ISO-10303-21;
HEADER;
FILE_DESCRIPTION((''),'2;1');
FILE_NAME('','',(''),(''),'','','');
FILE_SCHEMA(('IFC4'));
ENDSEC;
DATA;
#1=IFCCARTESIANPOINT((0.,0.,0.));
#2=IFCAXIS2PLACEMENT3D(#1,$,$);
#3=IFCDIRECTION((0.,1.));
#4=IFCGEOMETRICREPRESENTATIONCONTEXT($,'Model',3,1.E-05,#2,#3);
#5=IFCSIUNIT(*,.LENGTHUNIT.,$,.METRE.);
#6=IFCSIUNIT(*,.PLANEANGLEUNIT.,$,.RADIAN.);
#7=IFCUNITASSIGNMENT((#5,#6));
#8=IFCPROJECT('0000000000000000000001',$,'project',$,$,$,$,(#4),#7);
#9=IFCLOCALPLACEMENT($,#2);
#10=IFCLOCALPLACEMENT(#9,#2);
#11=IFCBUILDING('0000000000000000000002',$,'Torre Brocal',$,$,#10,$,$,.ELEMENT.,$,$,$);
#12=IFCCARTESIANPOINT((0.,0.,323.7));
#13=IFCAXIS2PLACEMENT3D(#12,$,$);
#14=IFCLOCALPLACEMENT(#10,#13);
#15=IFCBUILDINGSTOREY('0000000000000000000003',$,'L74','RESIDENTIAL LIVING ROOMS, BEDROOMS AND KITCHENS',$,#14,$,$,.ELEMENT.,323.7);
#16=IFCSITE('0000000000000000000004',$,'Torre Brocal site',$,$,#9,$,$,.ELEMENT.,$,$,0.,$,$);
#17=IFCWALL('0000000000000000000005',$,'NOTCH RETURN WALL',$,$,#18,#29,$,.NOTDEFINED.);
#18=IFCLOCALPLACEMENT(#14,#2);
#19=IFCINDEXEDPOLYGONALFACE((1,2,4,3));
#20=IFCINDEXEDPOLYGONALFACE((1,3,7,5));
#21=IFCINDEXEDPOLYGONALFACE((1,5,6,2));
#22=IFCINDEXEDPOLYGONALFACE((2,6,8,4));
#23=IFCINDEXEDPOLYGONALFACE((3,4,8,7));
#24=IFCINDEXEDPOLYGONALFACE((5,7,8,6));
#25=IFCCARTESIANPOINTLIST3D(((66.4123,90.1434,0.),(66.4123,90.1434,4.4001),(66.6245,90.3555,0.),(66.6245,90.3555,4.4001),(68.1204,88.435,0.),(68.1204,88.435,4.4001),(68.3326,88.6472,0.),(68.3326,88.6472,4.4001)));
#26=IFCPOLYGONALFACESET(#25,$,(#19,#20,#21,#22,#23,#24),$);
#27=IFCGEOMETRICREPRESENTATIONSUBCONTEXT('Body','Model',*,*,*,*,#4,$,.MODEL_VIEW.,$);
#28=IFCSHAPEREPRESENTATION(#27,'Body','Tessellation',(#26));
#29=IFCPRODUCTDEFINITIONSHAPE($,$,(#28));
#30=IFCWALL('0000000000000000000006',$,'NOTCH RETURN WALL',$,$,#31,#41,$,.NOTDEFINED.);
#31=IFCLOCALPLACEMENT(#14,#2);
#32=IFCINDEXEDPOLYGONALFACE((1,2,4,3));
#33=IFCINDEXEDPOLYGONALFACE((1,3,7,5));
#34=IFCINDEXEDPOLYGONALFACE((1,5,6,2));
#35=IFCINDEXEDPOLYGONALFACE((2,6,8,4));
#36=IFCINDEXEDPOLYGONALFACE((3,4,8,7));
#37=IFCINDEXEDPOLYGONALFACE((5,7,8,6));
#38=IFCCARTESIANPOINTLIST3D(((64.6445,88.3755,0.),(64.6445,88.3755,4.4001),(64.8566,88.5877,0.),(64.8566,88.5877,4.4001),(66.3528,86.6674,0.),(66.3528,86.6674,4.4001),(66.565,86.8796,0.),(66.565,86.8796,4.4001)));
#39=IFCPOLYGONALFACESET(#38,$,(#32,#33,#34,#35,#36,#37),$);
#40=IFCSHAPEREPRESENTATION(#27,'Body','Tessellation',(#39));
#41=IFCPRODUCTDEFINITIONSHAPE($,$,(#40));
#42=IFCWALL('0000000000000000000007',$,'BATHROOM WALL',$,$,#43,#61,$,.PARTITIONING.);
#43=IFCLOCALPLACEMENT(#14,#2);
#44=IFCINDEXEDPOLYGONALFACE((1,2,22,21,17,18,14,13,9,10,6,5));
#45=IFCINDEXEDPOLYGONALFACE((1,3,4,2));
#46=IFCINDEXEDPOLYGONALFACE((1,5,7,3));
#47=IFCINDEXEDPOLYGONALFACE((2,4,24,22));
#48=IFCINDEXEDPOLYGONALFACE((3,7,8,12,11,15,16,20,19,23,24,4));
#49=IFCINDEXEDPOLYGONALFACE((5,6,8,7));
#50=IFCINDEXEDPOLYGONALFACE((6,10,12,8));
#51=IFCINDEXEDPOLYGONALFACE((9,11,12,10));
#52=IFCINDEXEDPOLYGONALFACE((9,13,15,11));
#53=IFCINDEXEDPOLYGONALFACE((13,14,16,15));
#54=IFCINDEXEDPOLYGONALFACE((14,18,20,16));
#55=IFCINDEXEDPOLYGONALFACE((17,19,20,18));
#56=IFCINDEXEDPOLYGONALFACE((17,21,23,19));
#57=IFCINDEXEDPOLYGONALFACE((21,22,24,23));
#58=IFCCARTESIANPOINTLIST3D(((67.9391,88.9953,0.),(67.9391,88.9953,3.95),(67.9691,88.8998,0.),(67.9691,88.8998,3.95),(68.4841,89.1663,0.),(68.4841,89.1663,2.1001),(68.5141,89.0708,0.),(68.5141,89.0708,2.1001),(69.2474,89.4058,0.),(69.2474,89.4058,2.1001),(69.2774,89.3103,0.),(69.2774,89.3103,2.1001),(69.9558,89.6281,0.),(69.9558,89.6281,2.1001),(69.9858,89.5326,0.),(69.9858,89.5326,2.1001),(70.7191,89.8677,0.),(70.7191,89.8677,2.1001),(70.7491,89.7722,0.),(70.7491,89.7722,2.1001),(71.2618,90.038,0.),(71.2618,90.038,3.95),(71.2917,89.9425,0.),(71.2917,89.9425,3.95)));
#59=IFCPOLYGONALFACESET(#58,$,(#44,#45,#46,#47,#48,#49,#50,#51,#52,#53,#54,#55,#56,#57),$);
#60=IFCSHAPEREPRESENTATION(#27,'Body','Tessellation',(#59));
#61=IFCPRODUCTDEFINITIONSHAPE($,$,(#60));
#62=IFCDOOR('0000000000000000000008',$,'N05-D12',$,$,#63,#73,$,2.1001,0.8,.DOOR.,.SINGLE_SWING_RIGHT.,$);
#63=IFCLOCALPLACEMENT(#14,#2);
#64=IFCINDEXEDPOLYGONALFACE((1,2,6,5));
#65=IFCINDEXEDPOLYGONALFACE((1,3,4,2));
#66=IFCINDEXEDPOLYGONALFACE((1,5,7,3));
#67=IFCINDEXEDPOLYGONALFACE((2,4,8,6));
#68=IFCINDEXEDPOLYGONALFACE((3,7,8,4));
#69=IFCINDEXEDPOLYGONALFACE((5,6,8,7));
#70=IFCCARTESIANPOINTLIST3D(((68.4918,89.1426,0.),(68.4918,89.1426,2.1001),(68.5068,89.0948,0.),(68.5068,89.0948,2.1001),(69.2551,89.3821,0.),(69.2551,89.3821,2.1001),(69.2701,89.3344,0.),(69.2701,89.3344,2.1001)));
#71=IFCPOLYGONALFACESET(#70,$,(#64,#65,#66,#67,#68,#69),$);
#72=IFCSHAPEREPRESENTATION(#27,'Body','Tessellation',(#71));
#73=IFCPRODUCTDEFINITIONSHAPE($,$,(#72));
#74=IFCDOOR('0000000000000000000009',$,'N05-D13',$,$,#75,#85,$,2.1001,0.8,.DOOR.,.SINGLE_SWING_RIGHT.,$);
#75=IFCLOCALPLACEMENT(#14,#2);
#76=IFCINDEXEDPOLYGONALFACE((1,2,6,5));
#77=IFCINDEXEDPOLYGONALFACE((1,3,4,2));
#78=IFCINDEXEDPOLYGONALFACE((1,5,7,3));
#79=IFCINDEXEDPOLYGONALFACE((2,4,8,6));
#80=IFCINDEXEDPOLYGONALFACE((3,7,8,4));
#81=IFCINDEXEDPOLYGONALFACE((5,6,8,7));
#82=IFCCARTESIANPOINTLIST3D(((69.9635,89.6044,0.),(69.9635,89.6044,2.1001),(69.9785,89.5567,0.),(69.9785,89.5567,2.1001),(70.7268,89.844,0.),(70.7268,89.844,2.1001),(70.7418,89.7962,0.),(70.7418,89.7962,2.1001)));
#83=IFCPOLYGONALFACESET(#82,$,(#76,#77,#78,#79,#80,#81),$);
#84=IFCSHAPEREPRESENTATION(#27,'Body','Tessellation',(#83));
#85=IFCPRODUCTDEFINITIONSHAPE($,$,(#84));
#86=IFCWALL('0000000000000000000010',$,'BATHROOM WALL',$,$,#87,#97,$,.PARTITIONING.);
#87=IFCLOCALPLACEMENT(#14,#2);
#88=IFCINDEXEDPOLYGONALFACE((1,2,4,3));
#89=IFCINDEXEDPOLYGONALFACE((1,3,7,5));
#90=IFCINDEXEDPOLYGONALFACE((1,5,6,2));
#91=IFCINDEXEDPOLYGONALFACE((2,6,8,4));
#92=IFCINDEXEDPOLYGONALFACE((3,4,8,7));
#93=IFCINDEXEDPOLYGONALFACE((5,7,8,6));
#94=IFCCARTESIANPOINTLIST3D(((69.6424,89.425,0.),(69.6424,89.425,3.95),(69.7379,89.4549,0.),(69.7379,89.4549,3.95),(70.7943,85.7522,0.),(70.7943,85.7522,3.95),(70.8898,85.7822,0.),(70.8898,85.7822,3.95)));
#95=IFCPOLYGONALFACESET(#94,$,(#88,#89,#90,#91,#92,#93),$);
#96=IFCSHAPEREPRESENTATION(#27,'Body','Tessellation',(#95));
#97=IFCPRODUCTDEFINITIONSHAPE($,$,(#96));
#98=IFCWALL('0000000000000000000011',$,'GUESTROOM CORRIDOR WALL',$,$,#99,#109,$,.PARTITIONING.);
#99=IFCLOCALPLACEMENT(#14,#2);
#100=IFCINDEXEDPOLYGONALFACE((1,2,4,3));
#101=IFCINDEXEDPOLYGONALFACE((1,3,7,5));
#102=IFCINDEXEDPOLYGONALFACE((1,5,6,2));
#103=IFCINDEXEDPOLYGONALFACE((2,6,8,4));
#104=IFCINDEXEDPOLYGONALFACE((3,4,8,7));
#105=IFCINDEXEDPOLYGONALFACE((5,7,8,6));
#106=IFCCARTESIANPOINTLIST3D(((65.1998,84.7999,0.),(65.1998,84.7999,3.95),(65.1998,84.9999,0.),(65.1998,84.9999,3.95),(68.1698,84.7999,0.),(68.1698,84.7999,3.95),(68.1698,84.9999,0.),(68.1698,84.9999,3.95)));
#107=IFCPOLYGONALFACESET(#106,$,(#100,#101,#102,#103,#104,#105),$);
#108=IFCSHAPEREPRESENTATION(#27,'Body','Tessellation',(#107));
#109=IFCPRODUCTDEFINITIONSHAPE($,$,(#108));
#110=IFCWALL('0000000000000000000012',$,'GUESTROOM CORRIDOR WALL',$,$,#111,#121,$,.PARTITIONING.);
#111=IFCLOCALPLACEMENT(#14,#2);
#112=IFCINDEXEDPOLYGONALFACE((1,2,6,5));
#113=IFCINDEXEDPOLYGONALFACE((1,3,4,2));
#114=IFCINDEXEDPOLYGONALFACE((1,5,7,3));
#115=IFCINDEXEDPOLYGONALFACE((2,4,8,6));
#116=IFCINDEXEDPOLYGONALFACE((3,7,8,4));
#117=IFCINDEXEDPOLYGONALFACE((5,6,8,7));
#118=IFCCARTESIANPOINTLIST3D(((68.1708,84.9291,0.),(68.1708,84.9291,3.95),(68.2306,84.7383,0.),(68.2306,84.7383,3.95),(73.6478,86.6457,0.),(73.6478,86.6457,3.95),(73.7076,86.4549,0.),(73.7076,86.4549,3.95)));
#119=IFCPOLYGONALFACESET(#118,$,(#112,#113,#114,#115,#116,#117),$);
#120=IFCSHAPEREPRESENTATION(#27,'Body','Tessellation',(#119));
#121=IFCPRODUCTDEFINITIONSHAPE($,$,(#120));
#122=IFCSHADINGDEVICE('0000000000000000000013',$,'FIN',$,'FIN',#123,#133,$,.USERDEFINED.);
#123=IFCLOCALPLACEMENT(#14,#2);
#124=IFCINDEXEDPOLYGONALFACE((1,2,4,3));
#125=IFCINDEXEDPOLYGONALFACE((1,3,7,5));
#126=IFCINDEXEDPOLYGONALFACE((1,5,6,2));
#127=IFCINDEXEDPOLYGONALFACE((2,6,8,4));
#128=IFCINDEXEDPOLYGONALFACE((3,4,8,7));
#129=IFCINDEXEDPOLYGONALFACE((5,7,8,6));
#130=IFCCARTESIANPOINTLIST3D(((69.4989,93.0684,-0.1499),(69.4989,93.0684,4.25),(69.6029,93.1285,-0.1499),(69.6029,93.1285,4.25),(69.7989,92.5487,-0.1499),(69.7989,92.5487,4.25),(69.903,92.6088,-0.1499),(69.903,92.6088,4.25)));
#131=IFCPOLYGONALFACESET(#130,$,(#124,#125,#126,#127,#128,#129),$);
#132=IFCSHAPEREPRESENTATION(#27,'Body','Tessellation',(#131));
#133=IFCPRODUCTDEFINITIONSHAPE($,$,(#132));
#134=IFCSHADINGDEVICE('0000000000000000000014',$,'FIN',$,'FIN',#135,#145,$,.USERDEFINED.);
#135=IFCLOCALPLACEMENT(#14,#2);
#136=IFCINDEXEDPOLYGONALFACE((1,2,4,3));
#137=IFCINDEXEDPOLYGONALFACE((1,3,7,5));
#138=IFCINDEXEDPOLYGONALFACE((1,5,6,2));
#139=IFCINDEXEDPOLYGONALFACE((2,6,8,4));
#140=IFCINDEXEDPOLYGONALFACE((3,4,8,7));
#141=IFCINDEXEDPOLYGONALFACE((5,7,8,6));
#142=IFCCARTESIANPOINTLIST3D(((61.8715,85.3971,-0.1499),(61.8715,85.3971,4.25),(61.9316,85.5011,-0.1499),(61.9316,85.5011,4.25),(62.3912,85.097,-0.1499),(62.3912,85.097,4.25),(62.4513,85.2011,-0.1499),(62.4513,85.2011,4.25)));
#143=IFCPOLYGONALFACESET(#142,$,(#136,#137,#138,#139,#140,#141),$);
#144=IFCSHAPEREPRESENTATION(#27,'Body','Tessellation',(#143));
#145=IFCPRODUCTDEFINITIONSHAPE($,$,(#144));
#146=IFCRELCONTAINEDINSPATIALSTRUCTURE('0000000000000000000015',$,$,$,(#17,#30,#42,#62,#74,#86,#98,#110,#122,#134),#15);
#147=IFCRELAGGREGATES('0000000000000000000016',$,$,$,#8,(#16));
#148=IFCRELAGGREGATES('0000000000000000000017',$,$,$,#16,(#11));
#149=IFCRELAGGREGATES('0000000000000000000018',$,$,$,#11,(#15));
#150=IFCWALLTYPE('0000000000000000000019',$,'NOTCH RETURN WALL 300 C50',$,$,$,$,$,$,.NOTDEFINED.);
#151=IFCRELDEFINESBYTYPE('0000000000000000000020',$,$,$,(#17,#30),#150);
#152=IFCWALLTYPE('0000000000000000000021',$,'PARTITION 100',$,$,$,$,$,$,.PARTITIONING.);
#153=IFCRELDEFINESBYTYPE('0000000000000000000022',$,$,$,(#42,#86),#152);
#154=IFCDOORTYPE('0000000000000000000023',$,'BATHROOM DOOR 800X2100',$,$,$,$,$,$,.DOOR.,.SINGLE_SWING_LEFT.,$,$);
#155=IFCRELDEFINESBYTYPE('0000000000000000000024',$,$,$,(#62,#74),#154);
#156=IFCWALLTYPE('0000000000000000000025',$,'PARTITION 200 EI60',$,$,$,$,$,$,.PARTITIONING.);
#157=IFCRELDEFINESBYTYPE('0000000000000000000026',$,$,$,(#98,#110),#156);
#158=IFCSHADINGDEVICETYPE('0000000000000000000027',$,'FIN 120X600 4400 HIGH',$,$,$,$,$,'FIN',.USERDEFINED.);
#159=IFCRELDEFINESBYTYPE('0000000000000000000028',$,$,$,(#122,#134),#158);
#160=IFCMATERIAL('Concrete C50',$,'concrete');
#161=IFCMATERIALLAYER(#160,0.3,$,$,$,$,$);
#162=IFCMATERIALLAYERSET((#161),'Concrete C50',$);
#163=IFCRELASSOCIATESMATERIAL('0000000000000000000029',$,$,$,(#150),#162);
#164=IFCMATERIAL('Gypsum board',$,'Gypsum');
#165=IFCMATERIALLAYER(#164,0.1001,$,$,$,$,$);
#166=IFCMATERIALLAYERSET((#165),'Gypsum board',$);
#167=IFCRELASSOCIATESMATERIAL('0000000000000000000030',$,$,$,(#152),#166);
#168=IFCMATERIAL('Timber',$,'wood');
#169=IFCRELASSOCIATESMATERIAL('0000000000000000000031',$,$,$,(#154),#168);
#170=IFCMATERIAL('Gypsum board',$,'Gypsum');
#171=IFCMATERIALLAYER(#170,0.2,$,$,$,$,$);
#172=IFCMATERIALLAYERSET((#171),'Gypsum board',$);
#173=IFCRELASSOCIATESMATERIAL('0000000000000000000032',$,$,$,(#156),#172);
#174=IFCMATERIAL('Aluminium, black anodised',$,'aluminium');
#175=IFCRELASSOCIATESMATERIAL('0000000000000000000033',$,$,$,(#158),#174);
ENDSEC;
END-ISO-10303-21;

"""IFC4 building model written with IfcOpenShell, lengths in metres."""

from ifc_helpers import new_model, si_unit, direction, frame, frame_2d, origin, origin_2d, place, context, subcontext, project, spatial, rectangle, extrude, material, layer, layer_set, material_profile, profile_set, type_object, element, fill, save


model = new_model("IFC4")

# Units and contexts
model_context = context("Model", 3, precision=1e-05, world=origin(), true_north=direction((0.0, 1.0)))
body_context = subcontext(model_context, "Body", "Model", "MODEL_VIEW")
ifc_project = project(units=[si_unit("LENGTHUNIT", "METRE"), si_unit("PLANEANGLEUNIT", "RADIAN")], contexts=[model_context])

# Site, building, storey
site_placement = place(None, origin())
site = spatial("IfcSite", under=ifc_project, at=site_placement, Name="Torre Brocal site", CompositionType="ELEMENT", RefElevation=0.0)
building_placement = place(site_placement, origin())
building = spatial("IfcBuilding", under=site, at=building_placement, Name="Torre Brocal", CompositionType="ELEMENT")
storey_placement = place(building_placement, frame((0.0, 0.0, 323.7)))
storey = spatial("IfcBuildingStorey", under=building, at=storey_placement, Name="L74", Description="RESIDENTIAL LIVING ROOMS, BEDROOMS AND KITCHENS", CompositionType="ELEMENT", Elevation=323.7)

# Walls
ifc_material_1 = material(Name="Concrete C50", Category="concrete")
ifc_layer_1 = layer(ifc_material_1, 0.3)
ifc_layer_set_1 = layer_set([ifc_layer_1], Name="Concrete C50")
wall_type_1 = type_object("IfcWallType", Name="NOTCH RETURN WALL 300 C50", PredefinedType="NOTDEFINED", material=ifc_layer_set_1)
for number, where, z_axis, x_axis, name in (
    (1, (68.2266, 88.541, 0.0), (0.0, 0.0, 1.0), (-0.707056, 0.707157, 0.0), "NOTCH RETURN WALL"),
    (2, (66.459, 86.7734, 0.0), (0.0, 0.0, 1.0), (-0.707157, 0.707056, 0.0), "NOTCH RETURN WALL"),
):
    element("IfcWall", number, at=place(storey_placement, frame(where, z_axis=z_axis, x_axis=x_axis)), inside=storey, type_object=wall_type_1, Name=name, PredefinedType="NOTDEFINED", context=body_context, shape_type="SweptSolid", body=[
        extrude(rectangle(XDim=2.4158, YDim=0.3, at=frame_2d((1.208, 0.0))), origin(), (0.0, 0.0, 1.0), 4.4001),
    ])

# Wall, openings, doors
ifc_material_2 = material(Name="Gypsum board", Category="Gypsum")
ifc_layer_2 = layer(ifc_material_2, 0.1001)
ifc_layer_set_2 = layer_set([ifc_layer_2], Name="Gypsum board")
wall_type_2 = type_object("IfcWallType", Name="PARTITION 100", PredefinedType="PARTITIONING", material=ifc_layer_set_2)
wall_1_placement = place(storey_placement, frame((67.9541, 88.9475, 0.0), z_axis=(0.0, 0.0, 1.0), x_axis=(0.954123, 0.299416, 0.0)))
wall_1 = element("IfcWall", 3, at=wall_1_placement, inside=storey, type_object=wall_type_2, Name="BATHROOM WALL", PredefinedType="PARTITIONING", context=body_context, shape_type="SweptSolid", body=[
    extrude(rectangle(XDim=3.4824, YDim=0.1001, at=frame_2d((1.7412, 0.0))), origin(), (0.0, 0.0, 1.0), 3.95),
])
opening_1_placement = place(wall_1_placement, frame((0.5713, 0.0, 0.0)))
opening_1 = element("IfcOpeningElement", 4, at=opening_1_placement, cuts=wall_1, PredefinedType="OPENING", context=body_context, shape_type="SweptSolid", body=[
    extrude(rectangle(XDim=0.8, YDim=2.1001, at=frame_2d((0.3999, 1.05))), frame((0.0, 0.0601, 0.0), z_axis=(0.0, -1.0, 0.0), x_axis=(1.0, 0.0, 0.0)), (0.0, 0.0, 1.0), 0.1201),
])
opening_2_placement = place(wall_1_placement, frame((2.1138, 0.0, 0.0)))
opening_2 = element("IfcOpeningElement", 5, at=opening_2_placement, cuts=wall_1, PredefinedType="OPENING", context=body_context, shape_type="SweptSolid", body=[
    extrude(rectangle(XDim=0.8, YDim=2.1001, at=frame_2d((0.3999, 1.05))), frame((0.0, 0.0601, 0.0), z_axis=(0.0, -1.0, 0.0), x_axis=(1.0, 0.0, 0.0)), (0.0, 0.0, 1.0), 0.1201),
])
ifc_material_3 = material(Name="Timber", Category="wood")
door_type = type_object("IfcDoorType", Name="BATHROOM DOOR 800X2100", OperationType="SINGLE_SWING_LEFT", PredefinedType="DOOR", material=ifc_material_3)
door_1_placement = place(opening_1_placement, frame((0.8, 0.0, 0.0), z_axis=(0.0, 0.0, 1.0), x_axis=(-1.0, 0.0, 0.0)))
door_1 = element("IfcDoor", 6, at=door_1_placement, inside=storey, type_object=door_type, Name="N05-D12", OperationType="SINGLE_SWING_RIGHT", OverallHeight=2.1001, OverallWidth=0.8, PredefinedType="DOOR", context=body_context, shape_type="SweptSolid", body=[
    extrude(rectangle(XDim=0.8, YDim=2.1001, at=frame_2d((0.3999, 1.05))), frame((0.0, 0.0249, 0.0), z_axis=(0.0, -1.0, 0.0), x_axis=(1.0, 0.0, 0.0)), (0.0, 0.0, 1.0), 0.05),
])
fill(opening_1, door_1)
door_2_placement = place(opening_2_placement, frame((0.8, 0.0, 0.0), z_axis=(0.0, 0.0, 1.0), x_axis=(-1.0, 0.0, 0.0)))
door_2 = element("IfcDoor", 7, at=door_2_placement, inside=storey, type_object=door_type, Name="N05-D13", OperationType="SINGLE_SWING_RIGHT", OverallHeight=2.1001, OverallWidth=0.8, PredefinedType="DOOR", context=body_context, shape_type="SweptSolid", body=[
    extrude(rectangle(XDim=0.8, YDim=2.1001, at=frame_2d((0.3999, 1.05))), frame((0.0, 0.0249, 0.0), z_axis=(0.0, -1.0, 0.0), x_axis=(1.0, 0.0, 0.0)), (0.0, 0.0, 1.0), 0.05),
])
fill(opening_2, door_2)

# Walls
wall_2_placement = place(storey_placement, frame((69.6902, 89.4399, 0.0), z_axis=(0.0, 0.0, 1.0), x_axis=(0.299261, -0.954171, 0.0)))
element("IfcWall", 8, at=wall_2_placement, inside=storey, type_object=wall_type_2, Name="BATHROOM WALL", PredefinedType="PARTITIONING", context=body_context, shape_type="SweptSolid", body=[
    extrude(rectangle(XDim=3.8491, YDim=0.1001, at=frame_2d((1.9246, 0.0))), origin(), (0.0, 0.0, 1.0), 3.95),
])
ifc_material_4 = material(Name="Gypsum board", Category="Gypsum")
ifc_layer_3 = layer(ifc_material_4, 0.2)
ifc_layer_set_3 = layer_set([ifc_layer_3], Name="Gypsum board")
wall_type_3 = type_object("IfcWallType", Name="PARTITION 200 EI60", PredefinedType="PARTITIONING", material=ifc_layer_set_3)
wall_3_placement = place(storey_placement, frame((65.2, 84.8999, 0.0), z_axis=(0.0, 0.0, 1.0), x_axis=(1.0, 0.0, 0.0)))
element("IfcWall", 9, at=wall_3_placement, inside=storey, type_object=wall_type_3, Name="GUESTROOM CORRIDOR WALL", PredefinedType="PARTITIONING", context=body_context, shape_type="SweptSolid", body=[
    extrude(rectangle(XDim=2.97, YDim=0.2, at=frame_2d((1.4849, 0.0))), origin(), (0.0, 0.0, 1.0), 3.95),
])
wall_4_placement = place(storey_placement, frame((68.2007, 84.8337, 0.0), z_axis=(0.0, 0.0, 1.0), x_axis=(0.954233, 0.299064, 0.0)))
element("IfcWall", 10, at=wall_4_placement, inside=storey, type_object=wall_type_3, Name="GUESTROOM CORRIDOR WALL", PredefinedType="PARTITIONING", context=body_context, shape_type="SweptSolid", body=[
    extrude(rectangle(XDim=5.7397, YDim=0.2, at=frame_2d((2.8699, 0.0))), origin(), (0.0, 0.0, 1.0), 3.95),
])

# Shading devices
ifc_material_5 = material(Name="Aluminium, black anodised", Category="aluminium")
ifc_material_profile_1 = material_profile(ifc_material_5, rectangle(XDim=0.1201, YDim=0.6001, at=origin_2d()), Name="FIN 120X600 4400 HIGH")
ifc_profile_set_1 = profile_set([ifc_material_profile_1], Name="Aluminium, black anodised")
shading_device_type = type_object("IfcShadingDeviceType", Name="FIN 120X600 4400 HIGH", ElementType="FIN", PredefinedType="USERDEFINED", material=ifc_profile_set_1)
for number, where, z_axis, x_axis, name in (
    (11, (69.7009, 92.8386, -0.1499), (0.0, 0.0, 1.0), (-0.866025, -0.5, 0.0), "FIN"),
    (12, (62.1614, 85.2991, -0.1499), (0.0, 0.0, 1.0), (-0.5, -0.866025, 0.0), "FIN"),
):
    element("IfcShadingDevice", number, at=place(storey_placement, frame(where, z_axis=z_axis, x_axis=x_axis)), inside=storey, type_object=shading_device_type, Name=name, ObjectType="FIN", PredefinedType="USERDEFINED", context=body_context, shape_type="SweptSolid", body=[
        extrude(rectangle(XDim=0.1201, YDim=0.6001, at=origin_2d()), origin(), (0.0, 0.0, 1.0), 4.3999),
    ])

save(model, "model.ifc")
